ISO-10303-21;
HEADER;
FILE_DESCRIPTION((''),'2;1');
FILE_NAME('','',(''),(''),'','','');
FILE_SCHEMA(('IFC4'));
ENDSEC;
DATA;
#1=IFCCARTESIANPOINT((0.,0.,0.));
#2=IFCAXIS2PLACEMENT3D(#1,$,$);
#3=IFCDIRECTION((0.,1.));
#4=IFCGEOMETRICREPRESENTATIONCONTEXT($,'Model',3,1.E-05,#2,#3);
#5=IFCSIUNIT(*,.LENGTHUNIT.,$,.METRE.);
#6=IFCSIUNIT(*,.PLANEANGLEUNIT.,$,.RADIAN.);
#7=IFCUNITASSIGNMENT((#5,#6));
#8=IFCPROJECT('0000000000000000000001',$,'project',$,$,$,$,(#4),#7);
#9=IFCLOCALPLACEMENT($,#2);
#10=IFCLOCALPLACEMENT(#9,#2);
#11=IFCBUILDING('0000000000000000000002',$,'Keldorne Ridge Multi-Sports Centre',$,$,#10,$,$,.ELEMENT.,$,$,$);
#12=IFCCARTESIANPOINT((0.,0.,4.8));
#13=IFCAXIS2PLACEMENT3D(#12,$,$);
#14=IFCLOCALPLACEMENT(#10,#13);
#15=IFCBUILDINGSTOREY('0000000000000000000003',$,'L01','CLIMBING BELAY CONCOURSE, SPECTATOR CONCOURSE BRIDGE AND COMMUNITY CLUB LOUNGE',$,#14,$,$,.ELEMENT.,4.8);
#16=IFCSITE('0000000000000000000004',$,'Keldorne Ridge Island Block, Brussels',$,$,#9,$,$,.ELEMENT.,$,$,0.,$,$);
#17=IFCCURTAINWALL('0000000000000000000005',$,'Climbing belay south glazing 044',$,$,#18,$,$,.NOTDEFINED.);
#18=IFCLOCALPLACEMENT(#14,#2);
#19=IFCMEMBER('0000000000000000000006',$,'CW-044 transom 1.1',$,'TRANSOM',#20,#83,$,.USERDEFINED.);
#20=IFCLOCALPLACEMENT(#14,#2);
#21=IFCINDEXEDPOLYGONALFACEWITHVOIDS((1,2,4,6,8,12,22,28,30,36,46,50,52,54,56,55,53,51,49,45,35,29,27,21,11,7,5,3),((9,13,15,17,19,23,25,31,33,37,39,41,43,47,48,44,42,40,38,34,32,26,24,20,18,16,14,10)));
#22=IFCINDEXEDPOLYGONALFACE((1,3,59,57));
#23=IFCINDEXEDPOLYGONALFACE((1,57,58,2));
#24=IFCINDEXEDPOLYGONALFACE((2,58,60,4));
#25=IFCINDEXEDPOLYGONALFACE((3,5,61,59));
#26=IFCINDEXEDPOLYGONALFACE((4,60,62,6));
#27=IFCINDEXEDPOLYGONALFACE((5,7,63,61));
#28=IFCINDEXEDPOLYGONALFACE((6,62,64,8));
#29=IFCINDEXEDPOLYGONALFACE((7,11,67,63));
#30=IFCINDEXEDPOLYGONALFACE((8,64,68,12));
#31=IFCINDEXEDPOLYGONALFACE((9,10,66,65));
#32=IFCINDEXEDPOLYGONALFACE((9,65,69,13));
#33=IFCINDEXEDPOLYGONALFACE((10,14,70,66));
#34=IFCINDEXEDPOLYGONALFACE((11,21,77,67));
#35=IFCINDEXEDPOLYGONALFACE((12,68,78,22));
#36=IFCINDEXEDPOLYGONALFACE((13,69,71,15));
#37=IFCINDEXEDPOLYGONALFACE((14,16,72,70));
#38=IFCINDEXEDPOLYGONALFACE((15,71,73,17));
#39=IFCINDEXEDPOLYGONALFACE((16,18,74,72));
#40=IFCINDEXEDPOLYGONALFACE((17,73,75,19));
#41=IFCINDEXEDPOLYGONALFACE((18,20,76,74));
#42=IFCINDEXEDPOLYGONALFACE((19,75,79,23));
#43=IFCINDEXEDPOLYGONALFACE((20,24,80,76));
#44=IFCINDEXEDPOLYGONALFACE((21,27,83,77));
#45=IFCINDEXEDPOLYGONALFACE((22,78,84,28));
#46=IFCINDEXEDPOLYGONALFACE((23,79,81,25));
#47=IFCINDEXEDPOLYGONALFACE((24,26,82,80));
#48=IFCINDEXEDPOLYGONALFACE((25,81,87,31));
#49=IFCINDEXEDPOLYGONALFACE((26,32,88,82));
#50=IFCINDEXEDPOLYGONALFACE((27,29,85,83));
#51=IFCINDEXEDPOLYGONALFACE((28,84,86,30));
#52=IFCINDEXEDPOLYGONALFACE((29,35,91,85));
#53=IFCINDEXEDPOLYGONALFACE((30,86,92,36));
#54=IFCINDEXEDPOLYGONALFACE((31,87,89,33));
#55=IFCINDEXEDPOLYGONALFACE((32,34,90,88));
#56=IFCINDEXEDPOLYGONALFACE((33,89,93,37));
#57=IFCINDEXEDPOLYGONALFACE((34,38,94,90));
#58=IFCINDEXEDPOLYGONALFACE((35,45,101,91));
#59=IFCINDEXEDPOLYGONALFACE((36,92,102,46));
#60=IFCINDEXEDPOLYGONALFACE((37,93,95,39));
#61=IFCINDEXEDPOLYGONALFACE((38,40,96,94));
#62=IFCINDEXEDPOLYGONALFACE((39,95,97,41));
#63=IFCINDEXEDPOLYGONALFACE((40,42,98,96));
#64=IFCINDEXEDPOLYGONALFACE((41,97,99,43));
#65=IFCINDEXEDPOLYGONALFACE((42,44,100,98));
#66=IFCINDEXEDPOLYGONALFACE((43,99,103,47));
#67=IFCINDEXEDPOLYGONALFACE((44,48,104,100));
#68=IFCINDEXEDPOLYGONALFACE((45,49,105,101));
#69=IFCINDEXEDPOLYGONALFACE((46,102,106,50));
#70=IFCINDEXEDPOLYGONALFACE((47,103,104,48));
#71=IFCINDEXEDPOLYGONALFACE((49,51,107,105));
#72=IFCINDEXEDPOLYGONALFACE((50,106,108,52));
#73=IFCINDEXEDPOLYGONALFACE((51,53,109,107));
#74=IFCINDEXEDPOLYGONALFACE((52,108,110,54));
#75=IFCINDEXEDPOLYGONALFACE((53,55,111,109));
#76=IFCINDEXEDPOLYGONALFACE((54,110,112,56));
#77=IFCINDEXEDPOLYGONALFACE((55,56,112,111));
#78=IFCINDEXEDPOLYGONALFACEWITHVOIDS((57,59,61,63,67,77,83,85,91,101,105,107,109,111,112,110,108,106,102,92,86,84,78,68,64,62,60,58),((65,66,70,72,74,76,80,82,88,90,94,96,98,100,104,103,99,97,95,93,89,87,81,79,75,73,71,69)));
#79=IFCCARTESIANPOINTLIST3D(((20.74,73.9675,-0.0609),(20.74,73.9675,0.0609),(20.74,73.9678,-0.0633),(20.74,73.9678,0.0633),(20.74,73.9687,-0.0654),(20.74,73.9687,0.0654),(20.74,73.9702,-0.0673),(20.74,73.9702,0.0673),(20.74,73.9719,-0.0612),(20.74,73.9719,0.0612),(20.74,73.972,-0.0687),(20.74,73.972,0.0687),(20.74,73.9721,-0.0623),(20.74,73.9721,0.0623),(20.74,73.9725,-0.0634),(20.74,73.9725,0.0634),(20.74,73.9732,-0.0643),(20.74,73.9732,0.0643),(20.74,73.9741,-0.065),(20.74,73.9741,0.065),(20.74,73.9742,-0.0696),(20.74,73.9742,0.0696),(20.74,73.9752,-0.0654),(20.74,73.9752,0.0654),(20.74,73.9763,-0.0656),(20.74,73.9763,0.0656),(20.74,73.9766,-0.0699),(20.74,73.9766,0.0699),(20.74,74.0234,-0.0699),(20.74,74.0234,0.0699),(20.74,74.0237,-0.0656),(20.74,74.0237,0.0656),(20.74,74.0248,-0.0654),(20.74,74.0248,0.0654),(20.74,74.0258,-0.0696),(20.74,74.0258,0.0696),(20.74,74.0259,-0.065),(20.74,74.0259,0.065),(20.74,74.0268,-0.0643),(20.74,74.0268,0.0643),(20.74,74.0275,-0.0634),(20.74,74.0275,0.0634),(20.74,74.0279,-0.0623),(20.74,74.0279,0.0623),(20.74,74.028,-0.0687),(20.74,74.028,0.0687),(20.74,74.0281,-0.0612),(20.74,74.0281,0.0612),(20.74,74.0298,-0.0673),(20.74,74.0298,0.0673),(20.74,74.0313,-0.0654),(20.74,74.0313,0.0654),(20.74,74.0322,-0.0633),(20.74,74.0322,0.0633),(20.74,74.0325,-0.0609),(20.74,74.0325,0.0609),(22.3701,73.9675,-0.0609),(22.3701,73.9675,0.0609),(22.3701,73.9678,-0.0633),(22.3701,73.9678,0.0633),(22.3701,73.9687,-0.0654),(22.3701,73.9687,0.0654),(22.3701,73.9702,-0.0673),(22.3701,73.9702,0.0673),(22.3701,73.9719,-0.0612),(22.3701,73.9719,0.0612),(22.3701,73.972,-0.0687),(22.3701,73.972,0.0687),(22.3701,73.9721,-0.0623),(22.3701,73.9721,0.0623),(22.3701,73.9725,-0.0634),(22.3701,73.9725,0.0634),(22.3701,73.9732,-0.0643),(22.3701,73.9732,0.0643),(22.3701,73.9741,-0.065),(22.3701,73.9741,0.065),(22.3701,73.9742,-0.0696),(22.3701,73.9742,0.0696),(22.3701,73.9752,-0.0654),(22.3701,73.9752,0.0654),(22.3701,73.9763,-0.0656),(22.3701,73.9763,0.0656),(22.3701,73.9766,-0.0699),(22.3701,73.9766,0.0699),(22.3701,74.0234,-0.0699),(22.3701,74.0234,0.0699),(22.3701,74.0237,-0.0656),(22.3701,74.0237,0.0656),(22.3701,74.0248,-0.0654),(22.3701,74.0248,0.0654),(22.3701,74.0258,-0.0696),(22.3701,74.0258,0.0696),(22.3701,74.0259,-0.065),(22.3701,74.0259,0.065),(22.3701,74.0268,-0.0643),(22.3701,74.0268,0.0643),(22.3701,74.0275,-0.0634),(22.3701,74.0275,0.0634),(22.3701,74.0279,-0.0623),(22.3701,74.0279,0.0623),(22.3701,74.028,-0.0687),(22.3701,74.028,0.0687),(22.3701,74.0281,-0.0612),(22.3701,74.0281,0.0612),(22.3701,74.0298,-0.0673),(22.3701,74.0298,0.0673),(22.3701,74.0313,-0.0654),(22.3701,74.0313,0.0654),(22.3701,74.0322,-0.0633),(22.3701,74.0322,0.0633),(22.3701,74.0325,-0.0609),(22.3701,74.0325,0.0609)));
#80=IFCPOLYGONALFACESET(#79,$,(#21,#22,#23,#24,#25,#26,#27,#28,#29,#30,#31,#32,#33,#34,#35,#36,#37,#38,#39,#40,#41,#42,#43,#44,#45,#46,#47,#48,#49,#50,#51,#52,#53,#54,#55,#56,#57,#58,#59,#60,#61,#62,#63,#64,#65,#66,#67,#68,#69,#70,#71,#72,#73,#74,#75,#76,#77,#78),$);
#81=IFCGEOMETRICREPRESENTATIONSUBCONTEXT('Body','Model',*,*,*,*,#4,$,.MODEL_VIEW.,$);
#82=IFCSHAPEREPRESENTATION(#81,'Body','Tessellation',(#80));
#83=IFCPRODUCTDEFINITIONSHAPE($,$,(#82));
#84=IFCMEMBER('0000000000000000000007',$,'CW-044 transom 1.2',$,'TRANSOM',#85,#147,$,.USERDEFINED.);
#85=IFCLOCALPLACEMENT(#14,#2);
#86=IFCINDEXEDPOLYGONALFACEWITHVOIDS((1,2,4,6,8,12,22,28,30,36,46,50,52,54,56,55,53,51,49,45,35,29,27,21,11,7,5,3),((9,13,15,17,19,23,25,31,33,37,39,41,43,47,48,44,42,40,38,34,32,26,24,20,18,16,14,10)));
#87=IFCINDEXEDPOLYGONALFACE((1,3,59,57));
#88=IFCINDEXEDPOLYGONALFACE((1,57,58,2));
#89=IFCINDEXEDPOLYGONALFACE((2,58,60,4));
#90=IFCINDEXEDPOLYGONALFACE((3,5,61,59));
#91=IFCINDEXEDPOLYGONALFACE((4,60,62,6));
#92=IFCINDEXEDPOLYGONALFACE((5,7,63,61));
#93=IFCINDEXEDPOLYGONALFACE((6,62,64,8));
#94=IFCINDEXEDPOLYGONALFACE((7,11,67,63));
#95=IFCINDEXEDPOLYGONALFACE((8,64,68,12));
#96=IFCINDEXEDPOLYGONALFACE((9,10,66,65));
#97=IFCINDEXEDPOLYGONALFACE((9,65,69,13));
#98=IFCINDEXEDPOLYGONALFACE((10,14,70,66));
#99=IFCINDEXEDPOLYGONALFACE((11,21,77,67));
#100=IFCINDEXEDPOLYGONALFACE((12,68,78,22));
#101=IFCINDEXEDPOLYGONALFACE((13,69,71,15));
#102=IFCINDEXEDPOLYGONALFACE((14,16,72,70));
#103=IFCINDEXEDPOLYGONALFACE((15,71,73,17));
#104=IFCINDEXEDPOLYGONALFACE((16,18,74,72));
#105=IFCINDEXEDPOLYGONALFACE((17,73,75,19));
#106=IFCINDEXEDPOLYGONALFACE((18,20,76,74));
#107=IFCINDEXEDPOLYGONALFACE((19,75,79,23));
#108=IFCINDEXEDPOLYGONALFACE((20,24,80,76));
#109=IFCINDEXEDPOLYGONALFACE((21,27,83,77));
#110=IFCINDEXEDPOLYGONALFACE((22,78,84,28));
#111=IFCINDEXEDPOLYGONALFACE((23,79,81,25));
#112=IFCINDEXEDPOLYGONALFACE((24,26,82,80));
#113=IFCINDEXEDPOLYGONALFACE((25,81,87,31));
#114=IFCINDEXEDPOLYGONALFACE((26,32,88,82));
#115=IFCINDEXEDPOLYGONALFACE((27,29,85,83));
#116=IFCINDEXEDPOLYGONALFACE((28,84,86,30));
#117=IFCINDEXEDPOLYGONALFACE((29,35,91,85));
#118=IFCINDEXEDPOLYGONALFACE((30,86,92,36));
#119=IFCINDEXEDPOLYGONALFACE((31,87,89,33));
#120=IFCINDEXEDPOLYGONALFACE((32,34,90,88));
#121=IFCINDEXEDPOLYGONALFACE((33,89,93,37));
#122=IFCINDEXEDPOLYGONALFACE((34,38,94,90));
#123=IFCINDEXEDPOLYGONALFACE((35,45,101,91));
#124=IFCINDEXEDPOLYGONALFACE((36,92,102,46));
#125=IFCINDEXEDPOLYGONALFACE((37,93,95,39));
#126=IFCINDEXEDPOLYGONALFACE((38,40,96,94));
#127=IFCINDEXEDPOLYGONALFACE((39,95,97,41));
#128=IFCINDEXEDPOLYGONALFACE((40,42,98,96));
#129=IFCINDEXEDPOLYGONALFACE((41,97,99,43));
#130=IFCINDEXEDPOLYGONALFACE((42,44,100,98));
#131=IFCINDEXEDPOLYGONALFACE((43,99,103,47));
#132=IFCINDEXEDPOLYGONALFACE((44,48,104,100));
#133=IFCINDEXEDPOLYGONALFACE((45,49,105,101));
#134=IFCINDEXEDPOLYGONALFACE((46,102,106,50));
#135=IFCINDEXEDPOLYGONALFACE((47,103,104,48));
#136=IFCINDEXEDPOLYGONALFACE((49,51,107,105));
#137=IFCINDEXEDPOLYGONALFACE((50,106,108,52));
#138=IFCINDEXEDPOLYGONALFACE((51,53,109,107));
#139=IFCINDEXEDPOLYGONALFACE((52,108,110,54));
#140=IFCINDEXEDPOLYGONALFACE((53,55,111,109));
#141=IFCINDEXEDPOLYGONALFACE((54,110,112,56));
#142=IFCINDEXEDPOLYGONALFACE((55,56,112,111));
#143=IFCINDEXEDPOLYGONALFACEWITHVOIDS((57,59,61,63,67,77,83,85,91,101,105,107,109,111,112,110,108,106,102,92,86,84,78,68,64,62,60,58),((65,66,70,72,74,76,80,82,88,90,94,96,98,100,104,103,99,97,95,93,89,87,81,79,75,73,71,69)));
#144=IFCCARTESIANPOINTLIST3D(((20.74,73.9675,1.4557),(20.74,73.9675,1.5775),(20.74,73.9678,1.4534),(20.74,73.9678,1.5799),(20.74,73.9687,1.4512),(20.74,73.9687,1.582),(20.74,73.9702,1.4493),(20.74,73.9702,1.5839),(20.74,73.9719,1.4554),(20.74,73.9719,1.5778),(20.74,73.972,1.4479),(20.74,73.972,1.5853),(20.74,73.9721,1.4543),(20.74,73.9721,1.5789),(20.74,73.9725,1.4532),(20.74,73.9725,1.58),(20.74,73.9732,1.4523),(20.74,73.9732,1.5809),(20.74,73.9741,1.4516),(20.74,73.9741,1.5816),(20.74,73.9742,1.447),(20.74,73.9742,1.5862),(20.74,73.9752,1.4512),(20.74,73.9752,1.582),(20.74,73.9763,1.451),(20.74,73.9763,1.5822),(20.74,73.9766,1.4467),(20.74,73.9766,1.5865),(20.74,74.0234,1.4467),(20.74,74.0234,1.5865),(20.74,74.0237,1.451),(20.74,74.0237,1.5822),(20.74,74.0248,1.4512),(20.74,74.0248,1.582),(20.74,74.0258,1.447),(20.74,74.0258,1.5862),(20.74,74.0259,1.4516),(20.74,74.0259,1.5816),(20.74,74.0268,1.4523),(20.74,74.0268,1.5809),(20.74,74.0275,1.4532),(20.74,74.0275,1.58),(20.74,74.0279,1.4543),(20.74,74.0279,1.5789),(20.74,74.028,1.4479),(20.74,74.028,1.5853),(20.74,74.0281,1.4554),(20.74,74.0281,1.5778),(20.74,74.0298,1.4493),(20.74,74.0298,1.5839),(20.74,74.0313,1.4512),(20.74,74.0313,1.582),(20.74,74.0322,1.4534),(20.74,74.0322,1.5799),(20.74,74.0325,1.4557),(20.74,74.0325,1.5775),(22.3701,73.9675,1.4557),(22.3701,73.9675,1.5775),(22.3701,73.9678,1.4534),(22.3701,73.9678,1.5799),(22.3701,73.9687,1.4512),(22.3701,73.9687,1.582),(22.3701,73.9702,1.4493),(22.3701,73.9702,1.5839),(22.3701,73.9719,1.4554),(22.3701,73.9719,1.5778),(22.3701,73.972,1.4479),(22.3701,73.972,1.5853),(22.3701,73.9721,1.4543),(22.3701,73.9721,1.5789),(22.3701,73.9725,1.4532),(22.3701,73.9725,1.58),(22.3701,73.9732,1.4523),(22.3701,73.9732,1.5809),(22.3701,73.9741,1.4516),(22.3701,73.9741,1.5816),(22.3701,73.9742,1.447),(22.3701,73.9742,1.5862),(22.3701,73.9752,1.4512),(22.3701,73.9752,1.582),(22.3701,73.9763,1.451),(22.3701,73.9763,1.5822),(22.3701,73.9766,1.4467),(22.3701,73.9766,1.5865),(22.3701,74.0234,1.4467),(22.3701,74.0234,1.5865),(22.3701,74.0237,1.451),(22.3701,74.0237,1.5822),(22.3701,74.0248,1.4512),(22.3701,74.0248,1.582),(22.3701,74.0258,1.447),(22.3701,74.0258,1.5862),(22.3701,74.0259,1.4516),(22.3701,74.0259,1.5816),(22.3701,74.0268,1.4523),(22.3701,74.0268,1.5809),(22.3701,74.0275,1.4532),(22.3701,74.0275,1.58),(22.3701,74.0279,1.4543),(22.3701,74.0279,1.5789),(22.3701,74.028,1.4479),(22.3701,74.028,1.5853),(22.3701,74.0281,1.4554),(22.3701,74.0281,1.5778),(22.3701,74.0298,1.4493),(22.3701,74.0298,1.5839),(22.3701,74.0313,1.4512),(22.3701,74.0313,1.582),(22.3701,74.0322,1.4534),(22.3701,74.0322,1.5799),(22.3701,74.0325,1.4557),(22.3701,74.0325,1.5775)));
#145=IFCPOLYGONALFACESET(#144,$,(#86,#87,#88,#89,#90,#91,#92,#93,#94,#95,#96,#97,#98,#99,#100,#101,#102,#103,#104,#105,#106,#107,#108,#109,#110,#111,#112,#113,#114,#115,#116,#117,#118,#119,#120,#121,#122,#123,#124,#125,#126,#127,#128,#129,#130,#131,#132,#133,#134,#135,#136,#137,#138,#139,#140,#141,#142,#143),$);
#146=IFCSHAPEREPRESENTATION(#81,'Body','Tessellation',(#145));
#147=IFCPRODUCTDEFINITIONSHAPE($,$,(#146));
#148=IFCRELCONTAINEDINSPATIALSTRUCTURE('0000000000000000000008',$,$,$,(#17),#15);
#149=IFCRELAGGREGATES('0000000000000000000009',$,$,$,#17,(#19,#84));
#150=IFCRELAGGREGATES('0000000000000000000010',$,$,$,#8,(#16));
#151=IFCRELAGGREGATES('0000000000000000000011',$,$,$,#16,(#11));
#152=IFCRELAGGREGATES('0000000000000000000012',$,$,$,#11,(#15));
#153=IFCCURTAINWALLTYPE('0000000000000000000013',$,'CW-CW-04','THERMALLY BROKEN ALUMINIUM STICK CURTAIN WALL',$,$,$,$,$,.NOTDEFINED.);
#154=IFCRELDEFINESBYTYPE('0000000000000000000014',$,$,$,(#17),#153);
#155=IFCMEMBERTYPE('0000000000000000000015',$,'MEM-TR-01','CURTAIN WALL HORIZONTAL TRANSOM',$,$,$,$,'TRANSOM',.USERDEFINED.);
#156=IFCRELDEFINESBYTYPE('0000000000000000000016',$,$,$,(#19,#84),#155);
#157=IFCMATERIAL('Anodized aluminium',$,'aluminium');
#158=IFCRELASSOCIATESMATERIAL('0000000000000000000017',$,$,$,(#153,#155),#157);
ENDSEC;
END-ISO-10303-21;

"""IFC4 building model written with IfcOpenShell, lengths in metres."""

from ifc_helpers import new_model, si_unit, direction, frame, origin, origin_2d, place, context, subcontext, project, spatial, hollow_rectangle, extrude, material, material_profile, profile_set, type_object, element, aggregate, save


model = new_model("IFC4")

# Units and contexts
model_context = context("Model", 3, precision=1e-05, world=origin(), true_north=direction((0.0, 1.0)))
body_context = subcontext(model_context, "Body", "Model", "MODEL_VIEW")
ifc_project = project(units=[si_unit("LENGTHUNIT", "METRE"), si_unit("PLANEANGLEUNIT", "RADIAN")], contexts=[model_context])

# Site, building, storey
site_placement = place(None, origin())
site = spatial("IfcSite", under=ifc_project, at=site_placement, Name="Keldorne Ridge Island Block, Brussels", CompositionType="ELEMENT", RefElevation=0.0)
building_placement = place(site_placement, origin())
building = spatial("IfcBuilding", under=site, at=building_placement, Name="Keldorne Ridge Multi-Sports Centre", CompositionType="ELEMENT")
storey_placement = place(building_placement, frame((0.0, 0.0, 4.8)))
storey = spatial("IfcBuildingStorey", under=building, at=storey_placement, Name="L01", Description="CLIMBING BELAY CONCOURSE, SPECTATOR CONCOURSE BRIDGE AND COMMUNITY CLUB LOUNGE", CompositionType="ELEMENT", Elevation=4.8)

# Curtain wall
ifc_material_1 = material(Name="Anodized aluminium", Category="aluminium")
curtain_wall_type_1 = type_object("IfcCurtainWallType", Name="CW-CW-04", Description="THERMALLY BROKEN ALUMINIUM STICK CURTAIN WALL", PredefinedType="NOTDEFINED", material=ifc_material_1)
curtain_wall_1_placement = place(storey_placement, origin())
curtain_wall_1 = element("IfcCurtainWall", 1, at=curtain_wall_1_placement, inside=storey, type_object=curtain_wall_type_1, Name="Climbing belay south glazing 044", PredefinedType="NOTDEFINED")

# Members
ifc_material_profile_1 = material_profile(ifc_material_1, hollow_rectangle(XDim=0.0649, YDim=0.1399, WallThickness=0.0044, InnerFilletRadius=0.0044, OuterFilletRadius=0.009, at=origin_2d()), Name="ALU TRANSOM 140x65x4.5")
ifc_profile_set_1 = profile_set([ifc_material_profile_1], Name="Anodized aluminium")
member_type_1 = type_object("IfcMemberType", Name="MEM-TR-01", Description="CURTAIN WALL HORIZONTAL TRANSOM", ElementType="TRANSOM", PredefinedType="USERDEFINED", material=ifc_profile_set_1)
member_1_placement = place(storey_placement, frame((20.74, 74.0, 0.0), z_axis=(1.0, 0.0, 0.0), x_axis=(0.0, 1.0, 0.0)))
member_1 = element("IfcMember", 2, at=member_1_placement, type_object=member_type_1, Name="CW-044 transom 1.1", ObjectType="TRANSOM", PredefinedType="USERDEFINED", context=body_context, shape_type="SweptSolid", body=[
    extrude(hollow_rectangle(XDim=0.0649, YDim=0.1399, WallThickness=0.0044, InnerFilletRadius=0.0044, OuterFilletRadius=0.009, at=origin_2d()), origin(), (0.0, 0.0, 1.0), 1.6301),
])
member_2_placement = place(storey_placement, frame((20.74, 74.0, 1.5166), z_axis=(1.0, 0.0, 0.0), x_axis=(0.0, 1.0, 0.0)))
member_2 = element("IfcMember", 3, at=member_2_placement, type_object=member_type_1, Name="CW-044 transom 1.2", ObjectType="TRANSOM", PredefinedType="USERDEFINED", context=body_context, shape_type="SweptSolid", body=[
    extrude(hollow_rectangle(XDim=0.0649, YDim=0.1399, WallThickness=0.0044, InnerFilletRadius=0.0044, OuterFilletRadius=0.009, at=origin_2d()), origin(), (0.0, 0.0, 1.0), 1.6301),
])

aggregate(curtain_wall_1, [member_1, member_2])

save(model, "model.ifc")
